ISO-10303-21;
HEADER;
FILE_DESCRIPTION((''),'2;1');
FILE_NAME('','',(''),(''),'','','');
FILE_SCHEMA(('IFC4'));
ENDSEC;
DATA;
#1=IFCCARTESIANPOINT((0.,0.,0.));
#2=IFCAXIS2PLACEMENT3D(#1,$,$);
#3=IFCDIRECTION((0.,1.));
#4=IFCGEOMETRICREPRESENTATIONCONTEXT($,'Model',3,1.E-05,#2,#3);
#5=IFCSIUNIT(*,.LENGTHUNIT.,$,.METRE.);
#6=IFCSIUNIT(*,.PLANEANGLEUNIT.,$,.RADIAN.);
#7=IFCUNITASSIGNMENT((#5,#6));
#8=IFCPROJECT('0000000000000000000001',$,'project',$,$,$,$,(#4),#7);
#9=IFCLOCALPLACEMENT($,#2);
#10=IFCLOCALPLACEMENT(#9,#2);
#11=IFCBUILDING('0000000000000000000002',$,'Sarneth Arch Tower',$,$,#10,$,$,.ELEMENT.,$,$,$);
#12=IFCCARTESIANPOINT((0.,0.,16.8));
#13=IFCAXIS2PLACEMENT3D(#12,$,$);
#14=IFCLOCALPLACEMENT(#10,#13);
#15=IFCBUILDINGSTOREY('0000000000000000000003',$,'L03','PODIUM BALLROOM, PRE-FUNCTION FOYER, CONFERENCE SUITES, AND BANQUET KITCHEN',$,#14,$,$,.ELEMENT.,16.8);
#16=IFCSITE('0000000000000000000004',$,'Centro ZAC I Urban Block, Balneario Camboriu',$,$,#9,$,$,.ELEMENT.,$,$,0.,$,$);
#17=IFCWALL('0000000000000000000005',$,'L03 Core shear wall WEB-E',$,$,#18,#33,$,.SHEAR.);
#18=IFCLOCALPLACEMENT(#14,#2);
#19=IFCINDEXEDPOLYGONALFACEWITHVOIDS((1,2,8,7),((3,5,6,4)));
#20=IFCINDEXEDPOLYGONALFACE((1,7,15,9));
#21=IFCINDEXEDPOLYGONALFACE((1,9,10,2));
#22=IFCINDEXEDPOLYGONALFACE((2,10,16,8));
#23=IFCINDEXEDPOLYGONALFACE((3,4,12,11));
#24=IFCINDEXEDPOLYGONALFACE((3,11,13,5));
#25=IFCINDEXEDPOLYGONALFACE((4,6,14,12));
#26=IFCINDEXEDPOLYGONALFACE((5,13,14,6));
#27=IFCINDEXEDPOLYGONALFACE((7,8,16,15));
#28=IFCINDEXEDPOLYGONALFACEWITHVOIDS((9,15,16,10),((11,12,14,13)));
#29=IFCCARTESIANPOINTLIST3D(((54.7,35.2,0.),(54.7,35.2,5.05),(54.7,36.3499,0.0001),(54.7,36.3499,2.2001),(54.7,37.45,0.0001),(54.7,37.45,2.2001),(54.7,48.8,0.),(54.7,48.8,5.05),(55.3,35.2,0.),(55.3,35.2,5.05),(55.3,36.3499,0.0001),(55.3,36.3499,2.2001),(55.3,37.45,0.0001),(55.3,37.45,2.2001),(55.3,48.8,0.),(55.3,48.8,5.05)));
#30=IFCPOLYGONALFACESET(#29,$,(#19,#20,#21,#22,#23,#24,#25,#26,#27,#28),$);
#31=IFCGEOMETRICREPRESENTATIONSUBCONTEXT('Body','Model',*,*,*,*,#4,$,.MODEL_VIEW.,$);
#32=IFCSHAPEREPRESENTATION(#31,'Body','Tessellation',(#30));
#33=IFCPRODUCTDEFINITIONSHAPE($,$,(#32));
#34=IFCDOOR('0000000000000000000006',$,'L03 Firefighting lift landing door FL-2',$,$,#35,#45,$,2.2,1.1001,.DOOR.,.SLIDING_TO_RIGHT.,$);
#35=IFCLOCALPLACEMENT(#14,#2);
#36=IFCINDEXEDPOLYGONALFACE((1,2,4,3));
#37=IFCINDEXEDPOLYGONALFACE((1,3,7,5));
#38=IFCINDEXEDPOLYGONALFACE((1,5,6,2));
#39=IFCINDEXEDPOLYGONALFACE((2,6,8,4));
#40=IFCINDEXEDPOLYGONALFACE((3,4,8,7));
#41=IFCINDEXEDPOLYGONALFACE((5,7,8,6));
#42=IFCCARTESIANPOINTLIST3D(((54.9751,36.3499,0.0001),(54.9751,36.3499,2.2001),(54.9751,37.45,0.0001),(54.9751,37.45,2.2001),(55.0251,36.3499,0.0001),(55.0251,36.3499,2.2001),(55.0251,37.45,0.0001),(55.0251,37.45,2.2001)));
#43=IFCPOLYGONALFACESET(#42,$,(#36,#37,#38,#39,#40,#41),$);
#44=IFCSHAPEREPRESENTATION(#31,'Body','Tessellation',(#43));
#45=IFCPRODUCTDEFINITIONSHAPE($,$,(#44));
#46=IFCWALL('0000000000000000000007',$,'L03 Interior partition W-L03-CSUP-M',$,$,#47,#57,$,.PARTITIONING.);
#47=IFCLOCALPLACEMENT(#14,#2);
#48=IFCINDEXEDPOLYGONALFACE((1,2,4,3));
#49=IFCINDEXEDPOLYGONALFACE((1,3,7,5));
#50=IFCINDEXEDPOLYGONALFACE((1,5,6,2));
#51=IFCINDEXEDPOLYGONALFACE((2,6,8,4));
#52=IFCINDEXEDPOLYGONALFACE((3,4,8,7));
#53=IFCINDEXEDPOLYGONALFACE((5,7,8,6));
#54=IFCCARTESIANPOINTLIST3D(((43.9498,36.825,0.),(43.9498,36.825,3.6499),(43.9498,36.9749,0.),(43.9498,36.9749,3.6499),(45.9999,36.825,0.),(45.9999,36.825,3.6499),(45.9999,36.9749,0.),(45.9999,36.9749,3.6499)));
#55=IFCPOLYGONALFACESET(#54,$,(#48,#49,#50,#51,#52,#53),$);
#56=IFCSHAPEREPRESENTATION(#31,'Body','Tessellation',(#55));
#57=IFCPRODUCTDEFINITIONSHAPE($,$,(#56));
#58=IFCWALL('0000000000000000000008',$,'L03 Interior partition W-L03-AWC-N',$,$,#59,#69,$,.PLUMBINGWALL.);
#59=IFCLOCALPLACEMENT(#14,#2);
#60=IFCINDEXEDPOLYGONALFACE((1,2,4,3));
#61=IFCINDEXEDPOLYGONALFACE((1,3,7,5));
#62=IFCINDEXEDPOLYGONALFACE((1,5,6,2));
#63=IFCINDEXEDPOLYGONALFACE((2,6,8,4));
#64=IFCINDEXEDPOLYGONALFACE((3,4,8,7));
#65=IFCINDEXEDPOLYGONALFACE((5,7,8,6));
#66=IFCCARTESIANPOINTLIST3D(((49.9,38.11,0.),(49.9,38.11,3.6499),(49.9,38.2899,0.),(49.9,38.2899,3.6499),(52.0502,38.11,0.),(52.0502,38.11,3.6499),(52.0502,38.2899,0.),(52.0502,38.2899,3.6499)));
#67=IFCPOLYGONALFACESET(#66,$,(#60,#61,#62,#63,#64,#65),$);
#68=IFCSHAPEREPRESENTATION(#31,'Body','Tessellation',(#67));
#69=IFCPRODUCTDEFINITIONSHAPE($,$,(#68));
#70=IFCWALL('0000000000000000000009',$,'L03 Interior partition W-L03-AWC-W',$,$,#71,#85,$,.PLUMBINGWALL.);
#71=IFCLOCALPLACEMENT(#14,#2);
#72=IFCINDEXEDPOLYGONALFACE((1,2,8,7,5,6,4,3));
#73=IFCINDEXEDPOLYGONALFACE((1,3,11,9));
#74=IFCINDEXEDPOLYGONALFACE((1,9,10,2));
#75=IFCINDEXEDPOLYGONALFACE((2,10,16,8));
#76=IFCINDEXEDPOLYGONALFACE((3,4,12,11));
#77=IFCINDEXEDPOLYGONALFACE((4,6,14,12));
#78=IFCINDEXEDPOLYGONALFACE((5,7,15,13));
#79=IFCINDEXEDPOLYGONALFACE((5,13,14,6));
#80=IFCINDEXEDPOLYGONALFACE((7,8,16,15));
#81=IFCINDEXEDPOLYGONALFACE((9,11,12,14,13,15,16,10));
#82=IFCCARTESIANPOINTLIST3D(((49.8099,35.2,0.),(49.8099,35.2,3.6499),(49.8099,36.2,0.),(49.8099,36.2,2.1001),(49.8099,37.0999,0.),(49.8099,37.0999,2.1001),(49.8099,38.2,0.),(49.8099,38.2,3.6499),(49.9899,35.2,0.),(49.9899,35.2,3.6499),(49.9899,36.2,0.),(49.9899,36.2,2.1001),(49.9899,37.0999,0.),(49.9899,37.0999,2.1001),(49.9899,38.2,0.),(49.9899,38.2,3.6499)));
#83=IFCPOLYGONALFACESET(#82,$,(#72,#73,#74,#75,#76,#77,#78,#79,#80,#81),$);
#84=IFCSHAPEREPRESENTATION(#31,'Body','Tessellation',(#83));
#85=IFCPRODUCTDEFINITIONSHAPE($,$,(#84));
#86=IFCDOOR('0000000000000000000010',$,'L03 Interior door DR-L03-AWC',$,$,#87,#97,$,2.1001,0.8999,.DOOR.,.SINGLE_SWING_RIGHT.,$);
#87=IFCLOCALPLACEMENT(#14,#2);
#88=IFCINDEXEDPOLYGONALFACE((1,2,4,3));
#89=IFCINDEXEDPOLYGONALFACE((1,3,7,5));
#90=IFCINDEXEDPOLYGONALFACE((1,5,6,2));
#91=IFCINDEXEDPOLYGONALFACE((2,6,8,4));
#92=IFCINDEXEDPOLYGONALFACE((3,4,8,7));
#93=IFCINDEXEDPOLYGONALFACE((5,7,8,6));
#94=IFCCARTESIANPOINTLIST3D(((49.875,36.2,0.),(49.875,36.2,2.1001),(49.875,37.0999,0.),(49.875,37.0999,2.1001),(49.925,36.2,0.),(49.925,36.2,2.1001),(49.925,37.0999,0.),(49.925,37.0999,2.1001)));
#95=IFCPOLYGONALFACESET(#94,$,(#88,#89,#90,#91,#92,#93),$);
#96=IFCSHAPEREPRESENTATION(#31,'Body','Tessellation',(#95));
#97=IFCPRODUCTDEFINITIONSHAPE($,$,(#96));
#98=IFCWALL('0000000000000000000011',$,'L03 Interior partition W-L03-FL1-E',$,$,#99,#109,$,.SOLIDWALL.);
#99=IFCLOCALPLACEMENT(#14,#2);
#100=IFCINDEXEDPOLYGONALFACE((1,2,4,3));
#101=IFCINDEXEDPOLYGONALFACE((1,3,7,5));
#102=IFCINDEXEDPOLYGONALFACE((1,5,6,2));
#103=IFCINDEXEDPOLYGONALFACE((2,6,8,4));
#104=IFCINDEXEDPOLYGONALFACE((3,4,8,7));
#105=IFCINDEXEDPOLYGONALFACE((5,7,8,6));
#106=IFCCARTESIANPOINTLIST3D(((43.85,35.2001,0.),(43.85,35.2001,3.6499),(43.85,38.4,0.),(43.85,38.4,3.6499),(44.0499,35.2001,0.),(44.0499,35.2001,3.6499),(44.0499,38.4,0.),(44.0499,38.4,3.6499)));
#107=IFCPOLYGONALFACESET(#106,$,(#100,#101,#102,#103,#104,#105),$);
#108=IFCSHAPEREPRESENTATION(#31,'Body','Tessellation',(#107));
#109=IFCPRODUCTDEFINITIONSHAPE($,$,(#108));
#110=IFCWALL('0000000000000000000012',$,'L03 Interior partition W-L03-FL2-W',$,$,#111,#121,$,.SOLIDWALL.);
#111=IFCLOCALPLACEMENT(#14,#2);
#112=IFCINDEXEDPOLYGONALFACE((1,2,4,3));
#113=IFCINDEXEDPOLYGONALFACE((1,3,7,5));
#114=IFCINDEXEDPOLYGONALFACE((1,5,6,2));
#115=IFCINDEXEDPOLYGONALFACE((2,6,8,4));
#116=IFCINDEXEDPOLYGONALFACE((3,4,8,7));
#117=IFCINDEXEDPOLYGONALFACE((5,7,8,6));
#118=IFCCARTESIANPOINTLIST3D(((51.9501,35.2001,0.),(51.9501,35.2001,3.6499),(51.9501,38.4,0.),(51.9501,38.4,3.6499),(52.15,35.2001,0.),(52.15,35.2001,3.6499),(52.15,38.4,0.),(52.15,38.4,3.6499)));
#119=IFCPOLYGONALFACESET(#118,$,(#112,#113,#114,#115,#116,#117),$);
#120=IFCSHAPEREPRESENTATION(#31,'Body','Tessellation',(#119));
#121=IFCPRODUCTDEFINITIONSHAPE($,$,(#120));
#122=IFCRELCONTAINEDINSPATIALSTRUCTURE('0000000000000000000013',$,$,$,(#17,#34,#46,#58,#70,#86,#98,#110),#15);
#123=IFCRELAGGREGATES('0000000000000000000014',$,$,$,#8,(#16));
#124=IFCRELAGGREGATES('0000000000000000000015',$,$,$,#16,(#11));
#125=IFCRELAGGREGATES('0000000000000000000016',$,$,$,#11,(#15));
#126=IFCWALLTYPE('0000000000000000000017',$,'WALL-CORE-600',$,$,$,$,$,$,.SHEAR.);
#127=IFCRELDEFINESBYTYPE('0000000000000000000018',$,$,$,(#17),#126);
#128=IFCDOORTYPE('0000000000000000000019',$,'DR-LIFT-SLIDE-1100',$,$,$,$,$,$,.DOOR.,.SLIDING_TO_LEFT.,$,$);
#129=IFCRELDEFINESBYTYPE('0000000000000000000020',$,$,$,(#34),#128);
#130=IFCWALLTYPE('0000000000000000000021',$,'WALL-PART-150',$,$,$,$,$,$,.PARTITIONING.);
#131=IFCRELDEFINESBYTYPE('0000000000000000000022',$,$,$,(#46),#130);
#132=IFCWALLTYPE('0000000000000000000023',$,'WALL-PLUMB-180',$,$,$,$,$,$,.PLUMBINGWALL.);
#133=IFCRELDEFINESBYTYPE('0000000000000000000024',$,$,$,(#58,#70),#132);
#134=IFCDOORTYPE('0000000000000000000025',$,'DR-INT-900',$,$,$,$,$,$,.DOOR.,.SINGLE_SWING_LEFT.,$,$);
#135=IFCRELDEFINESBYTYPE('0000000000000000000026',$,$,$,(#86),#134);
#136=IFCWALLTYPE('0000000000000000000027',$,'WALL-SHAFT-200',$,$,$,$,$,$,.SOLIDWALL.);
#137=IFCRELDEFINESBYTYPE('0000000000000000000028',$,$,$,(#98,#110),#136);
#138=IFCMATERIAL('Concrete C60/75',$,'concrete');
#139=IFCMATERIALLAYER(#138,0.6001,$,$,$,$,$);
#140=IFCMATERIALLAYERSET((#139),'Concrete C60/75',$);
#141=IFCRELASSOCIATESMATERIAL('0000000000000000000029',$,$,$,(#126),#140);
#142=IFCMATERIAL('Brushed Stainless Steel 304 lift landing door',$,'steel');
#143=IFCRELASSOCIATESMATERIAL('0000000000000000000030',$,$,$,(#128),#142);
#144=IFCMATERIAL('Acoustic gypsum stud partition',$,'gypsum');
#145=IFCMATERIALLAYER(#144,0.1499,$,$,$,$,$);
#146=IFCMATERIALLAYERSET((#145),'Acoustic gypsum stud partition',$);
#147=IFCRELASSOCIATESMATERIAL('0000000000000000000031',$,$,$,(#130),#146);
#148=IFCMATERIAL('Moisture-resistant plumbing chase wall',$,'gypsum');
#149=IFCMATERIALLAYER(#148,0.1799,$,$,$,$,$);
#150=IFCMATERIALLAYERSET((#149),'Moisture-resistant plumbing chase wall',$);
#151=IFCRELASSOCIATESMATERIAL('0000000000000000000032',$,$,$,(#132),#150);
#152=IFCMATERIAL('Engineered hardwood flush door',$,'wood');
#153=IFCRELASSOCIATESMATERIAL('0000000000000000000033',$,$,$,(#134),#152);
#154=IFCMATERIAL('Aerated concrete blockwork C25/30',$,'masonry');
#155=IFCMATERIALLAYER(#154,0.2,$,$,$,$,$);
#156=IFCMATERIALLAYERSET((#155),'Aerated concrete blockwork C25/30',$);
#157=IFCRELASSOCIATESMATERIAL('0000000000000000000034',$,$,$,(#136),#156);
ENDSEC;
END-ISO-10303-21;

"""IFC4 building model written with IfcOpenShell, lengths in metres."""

from ifc_helpers import new_model, si_unit, direction, frame, frame_2d, origin, place, context, subcontext, project, spatial, rectangle, extrude, material, layer, layer_set, type_object, element, fill, save


model = new_model("IFC4")

# Units and contexts
model_context = context("Model", 3, precision=1e-05, world=origin(), true_north=direction((0.0, 1.0)))
body_context = subcontext(model_context, "Body", "Model", "MODEL_VIEW")
ifc_project = project(units=[si_unit("LENGTHUNIT", "METRE"), si_unit("PLANEANGLEUNIT", "RADIAN")], contexts=[model_context])

# Site, building, storey
site_placement = place(None, origin())
site = spatial("IfcSite", under=ifc_project, at=site_placement, Name="Centro ZAC I Urban Block, Balneario Camboriu", CompositionType="ELEMENT", RefElevation=0.0)
building_placement = place(site_placement, origin())
building = spatial("IfcBuilding", under=site, at=building_placement, Name="Sarneth Arch Tower", CompositionType="ELEMENT")
storey_placement = place(building_placement, frame((0.0, 0.0, 16.8)))
storey = spatial("IfcBuildingStorey", under=building, at=storey_placement, Name="L03", Description="PODIUM BALLROOM, PRE-FUNCTION FOYER, CONFERENCE SUITES, AND BANQUET KITCHEN", CompositionType="ELEMENT", Elevation=16.8)

# Shared definitions
ifc_material_1 = material(Name="Concrete C60/75", Category="concrete")
ifc_layer_1 = layer(ifc_material_1, 0.6001)
ifc_layer_set_1 = layer_set([ifc_layer_1], Name="Concrete C60/75")
wall_type_1 = type_object("IfcWallType", Name="WALL-CORE-600", PredefinedType="SHEAR", material=ifc_layer_set_1)

# Wall, opening, door
wall_1_placement = place(storey_placement, frame((55.0, 35.2, 0.0), z_axis=(0.0, 0.0, 1.0), x_axis=(0.0, 1.0, 0.0)))
wall_1 = element("IfcWall", 1, at=wall_1_placement, inside=storey, type_object=wall_type_1, Name="L03 Core shear wall WEB-E", PredefinedType="SHEAR", context=body_context, shape_type="SweptSolid", body=[
    extrude(rectangle(XDim=13.6001, YDim=0.6001, at=frame_2d((6.8, 0.0))), origin(), (0.0, 0.0, 1.0), 5.05),
])
opening_1_placement = place(wall_1_placement, frame((1.1499, 0.0, 0.0)))
opening_1 = element("IfcOpeningElement", 2, at=opening_1_placement, cuts=wall_1, PredefinedType="OPENING", context=body_context, shape_type="SweptSolid", body=[
    extrude(rectangle(XDim=1.1001, YDim=2.2, at=frame_2d((0.55, 1.1001))), frame((0.0, 0.3101, 0.0), z_axis=(0.0, -1.0, 0.0), x_axis=(1.0, 0.0, 0.0)), (0.0, 0.0, 1.0), 0.6201),
])
ifc_material_2 = material(Name="Brushed Stainless Steel 304 lift landing door", Category="steel")
door_type_1 = type_object("IfcDoorType", Name="DR-LIFT-SLIDE-1100", OperationType="SLIDING_TO_LEFT", PredefinedType="DOOR", material=ifc_material_2)
door_1_placement = place(opening_1_placement, origin())
door_1 = element("IfcDoor", 3, at=door_1_placement, inside=storey, type_object=door_type_1, Name="L03 Firefighting lift landing door FL-2", OperationType="SLIDING_TO_RIGHT", OverallHeight=2.2, OverallWidth=1.1001, PredefinedType="DOOR", context=body_context, shape_type="SweptSolid", body=[
    extrude(rectangle(XDim=1.1001, YDim=2.2, at=frame_2d((0.55, 1.1001))), frame((0.0, 0.0249, 0.0), z_axis=(0.0, -1.0, 0.0), x_axis=(1.0, 0.0, 0.0)), (0.0, 0.0, 1.0), 0.05),
])
fill(opening_1, door_1)

# Wall
ifc_material_3 = material(Name="Acoustic gypsum stud partition", Category="gypsum")
ifc_layer_2 = layer(ifc_material_3, 0.1499)
ifc_layer_set_2 = layer_set([ifc_layer_2], Name="Acoustic gypsum stud partition")
wall_type_2 = type_object("IfcWallType", Name="WALL-PART-150", PredefinedType="PARTITIONING", material=ifc_layer_set_2)
wall_2_placement = place(storey_placement, frame((43.95, 36.8999, 0.0), z_axis=(0.0, 0.0, 1.0), x_axis=(1.0, 0.0, 0.0)))
element("IfcWall", 4, at=wall_2_placement, inside=storey, type_object=wall_type_2, Name="L03 Interior partition W-L03-CSUP-M", PredefinedType="PARTITIONING", context=body_context, shape_type="SweptSolid", body=[
    extrude(rectangle(XDim=2.05, YDim=0.1499, at=frame_2d((1.0249, 0.0))), origin(), (0.0, 0.0, 1.0), 3.6499),
])

# Wall
ifc_material_4 = material(Name="Moisture-resistant plumbing chase wall", Category="gypsum")
ifc_layer_3 = layer(ifc_material_4, 0.1799)
ifc_layer_set_3 = layer_set([ifc_layer_3], Name="Moisture-resistant plumbing chase wall")
wall_type_3 = type_object("IfcWallType", Name="WALL-PLUMB-180", PredefinedType="PLUMBINGWALL", material=ifc_layer_set_3)
wall_3_placement = place(storey_placement, frame((49.8999, 38.2, 0.0), z_axis=(0.0, 0.0, 1.0), x_axis=(1.0, 0.0, 0.0)))
element("IfcWall", 5, at=wall_3_placement, inside=storey, type_object=wall_type_3, Name="L03 Interior partition W-L03-AWC-N", PredefinedType="PLUMBINGWALL", context=body_context, shape_type="SweptSolid", body=[
    extrude(rectangle(XDim=2.1501, YDim=0.1799, at=frame_2d((1.0752, 0.0))), origin(), (0.0, 0.0, 1.0), 3.6499),
])

# Wall, opening, door
wall_4_placement = place(storey_placement, frame((49.8999, 35.2, 0.0), z_axis=(0.0, 0.0, 1.0), x_axis=(0.0, 1.0, 0.0)))
wall_4 = element("IfcWall", 6, at=wall_4_placement, inside=storey, type_object=wall_type_3, Name="L03 Interior partition W-L03-AWC-W", PredefinedType="PLUMBINGWALL", context=body_context, shape_type="SweptSolid", body=[
    extrude(rectangle(XDim=3.0, YDim=0.1799, at=frame_2d((1.5, 0.0))), origin(), (0.0, 0.0, 1.0), 3.6499),
])
opening_2_placement = place(wall_4_placement, frame((1.0, 0.0, 0.0)))
opening_2 = element("IfcOpeningElement", 7, at=opening_2_placement, cuts=wall_4, PredefinedType="OPENING", context=body_context, shape_type="SweptSolid", body=[
    extrude(rectangle(XDim=0.8999, YDim=2.1001, at=frame_2d((0.45, 1.05))), frame((0.0, 0.0999, 0.0), z_axis=(0.0, -1.0, 0.0), x_axis=(1.0, 0.0, 0.0)), (0.0, 0.0, 1.0), 0.2),
])
ifc_material_5 = material(Name="Engineered hardwood flush door", Category="wood")
door_type_2 = type_object("IfcDoorType", Name="DR-INT-900", OperationType="SINGLE_SWING_LEFT", PredefinedType="DOOR", material=ifc_material_5)
door_2_placement = place(opening_2_placement, origin())
door_2 = element("IfcDoor", 8, at=door_2_placement, inside=storey, type_object=door_type_2, Name="L03 Interior door DR-L03-AWC", OperationType="SINGLE_SWING_RIGHT", OverallHeight=2.1001, OverallWidth=0.8999, PredefinedType="DOOR", context=body_context, shape_type="SweptSolid", body=[
    extrude(rectangle(XDim=0.8999, YDim=2.1001, at=frame_2d((0.45, 1.05))), frame((0.0, 0.0249, 0.0), z_axis=(0.0, -1.0, 0.0), x_axis=(1.0, 0.0, 0.0)), (0.0, 0.0, 1.0), 0.05),
])
fill(opening_2, door_2)

# Walls
ifc_material_6 = material(Name="Aerated concrete blockwork C25/30", Category="masonry")
ifc_layer_4 = layer(ifc_material_6, 0.2)
ifc_layer_set_4 = layer_set([ifc_layer_4], Name="Aerated concrete blockwork C25/30")
wall_type_4 = type_object("IfcWallType", Name="WALL-SHAFT-200", PredefinedType="SOLIDWALL", material=ifc_layer_set_4)
for number, where, z_axis, x_axis, name in (
    (9, (43.95, 35.2, 0.0), (0.0, 0.0, 1.0), (0.0, 1.0, 0.0), "L03 Interior partition W-L03-FL1-E"),
    (10, (52.05, 35.2, 0.0), (0.0, 0.0, 1.0), (0.0, 1.0, 0.0), "L03 Interior partition W-L03-FL2-W"),
):
    element("IfcWall", number, at=place(storey_placement, frame(where, z_axis=z_axis, x_axis=x_axis)), inside=storey, type_object=wall_type_4, Name=name, PredefinedType="SOLIDWALL", context=body_context, shape_type="SweptSolid", body=[
        extrude(rectangle(XDim=3.2, YDim=0.2, at=frame_2d((1.6001, 0.0))), origin(), (0.0, 0.0, 1.0), 3.6499),
    ])

save(model, "model.ifc")
